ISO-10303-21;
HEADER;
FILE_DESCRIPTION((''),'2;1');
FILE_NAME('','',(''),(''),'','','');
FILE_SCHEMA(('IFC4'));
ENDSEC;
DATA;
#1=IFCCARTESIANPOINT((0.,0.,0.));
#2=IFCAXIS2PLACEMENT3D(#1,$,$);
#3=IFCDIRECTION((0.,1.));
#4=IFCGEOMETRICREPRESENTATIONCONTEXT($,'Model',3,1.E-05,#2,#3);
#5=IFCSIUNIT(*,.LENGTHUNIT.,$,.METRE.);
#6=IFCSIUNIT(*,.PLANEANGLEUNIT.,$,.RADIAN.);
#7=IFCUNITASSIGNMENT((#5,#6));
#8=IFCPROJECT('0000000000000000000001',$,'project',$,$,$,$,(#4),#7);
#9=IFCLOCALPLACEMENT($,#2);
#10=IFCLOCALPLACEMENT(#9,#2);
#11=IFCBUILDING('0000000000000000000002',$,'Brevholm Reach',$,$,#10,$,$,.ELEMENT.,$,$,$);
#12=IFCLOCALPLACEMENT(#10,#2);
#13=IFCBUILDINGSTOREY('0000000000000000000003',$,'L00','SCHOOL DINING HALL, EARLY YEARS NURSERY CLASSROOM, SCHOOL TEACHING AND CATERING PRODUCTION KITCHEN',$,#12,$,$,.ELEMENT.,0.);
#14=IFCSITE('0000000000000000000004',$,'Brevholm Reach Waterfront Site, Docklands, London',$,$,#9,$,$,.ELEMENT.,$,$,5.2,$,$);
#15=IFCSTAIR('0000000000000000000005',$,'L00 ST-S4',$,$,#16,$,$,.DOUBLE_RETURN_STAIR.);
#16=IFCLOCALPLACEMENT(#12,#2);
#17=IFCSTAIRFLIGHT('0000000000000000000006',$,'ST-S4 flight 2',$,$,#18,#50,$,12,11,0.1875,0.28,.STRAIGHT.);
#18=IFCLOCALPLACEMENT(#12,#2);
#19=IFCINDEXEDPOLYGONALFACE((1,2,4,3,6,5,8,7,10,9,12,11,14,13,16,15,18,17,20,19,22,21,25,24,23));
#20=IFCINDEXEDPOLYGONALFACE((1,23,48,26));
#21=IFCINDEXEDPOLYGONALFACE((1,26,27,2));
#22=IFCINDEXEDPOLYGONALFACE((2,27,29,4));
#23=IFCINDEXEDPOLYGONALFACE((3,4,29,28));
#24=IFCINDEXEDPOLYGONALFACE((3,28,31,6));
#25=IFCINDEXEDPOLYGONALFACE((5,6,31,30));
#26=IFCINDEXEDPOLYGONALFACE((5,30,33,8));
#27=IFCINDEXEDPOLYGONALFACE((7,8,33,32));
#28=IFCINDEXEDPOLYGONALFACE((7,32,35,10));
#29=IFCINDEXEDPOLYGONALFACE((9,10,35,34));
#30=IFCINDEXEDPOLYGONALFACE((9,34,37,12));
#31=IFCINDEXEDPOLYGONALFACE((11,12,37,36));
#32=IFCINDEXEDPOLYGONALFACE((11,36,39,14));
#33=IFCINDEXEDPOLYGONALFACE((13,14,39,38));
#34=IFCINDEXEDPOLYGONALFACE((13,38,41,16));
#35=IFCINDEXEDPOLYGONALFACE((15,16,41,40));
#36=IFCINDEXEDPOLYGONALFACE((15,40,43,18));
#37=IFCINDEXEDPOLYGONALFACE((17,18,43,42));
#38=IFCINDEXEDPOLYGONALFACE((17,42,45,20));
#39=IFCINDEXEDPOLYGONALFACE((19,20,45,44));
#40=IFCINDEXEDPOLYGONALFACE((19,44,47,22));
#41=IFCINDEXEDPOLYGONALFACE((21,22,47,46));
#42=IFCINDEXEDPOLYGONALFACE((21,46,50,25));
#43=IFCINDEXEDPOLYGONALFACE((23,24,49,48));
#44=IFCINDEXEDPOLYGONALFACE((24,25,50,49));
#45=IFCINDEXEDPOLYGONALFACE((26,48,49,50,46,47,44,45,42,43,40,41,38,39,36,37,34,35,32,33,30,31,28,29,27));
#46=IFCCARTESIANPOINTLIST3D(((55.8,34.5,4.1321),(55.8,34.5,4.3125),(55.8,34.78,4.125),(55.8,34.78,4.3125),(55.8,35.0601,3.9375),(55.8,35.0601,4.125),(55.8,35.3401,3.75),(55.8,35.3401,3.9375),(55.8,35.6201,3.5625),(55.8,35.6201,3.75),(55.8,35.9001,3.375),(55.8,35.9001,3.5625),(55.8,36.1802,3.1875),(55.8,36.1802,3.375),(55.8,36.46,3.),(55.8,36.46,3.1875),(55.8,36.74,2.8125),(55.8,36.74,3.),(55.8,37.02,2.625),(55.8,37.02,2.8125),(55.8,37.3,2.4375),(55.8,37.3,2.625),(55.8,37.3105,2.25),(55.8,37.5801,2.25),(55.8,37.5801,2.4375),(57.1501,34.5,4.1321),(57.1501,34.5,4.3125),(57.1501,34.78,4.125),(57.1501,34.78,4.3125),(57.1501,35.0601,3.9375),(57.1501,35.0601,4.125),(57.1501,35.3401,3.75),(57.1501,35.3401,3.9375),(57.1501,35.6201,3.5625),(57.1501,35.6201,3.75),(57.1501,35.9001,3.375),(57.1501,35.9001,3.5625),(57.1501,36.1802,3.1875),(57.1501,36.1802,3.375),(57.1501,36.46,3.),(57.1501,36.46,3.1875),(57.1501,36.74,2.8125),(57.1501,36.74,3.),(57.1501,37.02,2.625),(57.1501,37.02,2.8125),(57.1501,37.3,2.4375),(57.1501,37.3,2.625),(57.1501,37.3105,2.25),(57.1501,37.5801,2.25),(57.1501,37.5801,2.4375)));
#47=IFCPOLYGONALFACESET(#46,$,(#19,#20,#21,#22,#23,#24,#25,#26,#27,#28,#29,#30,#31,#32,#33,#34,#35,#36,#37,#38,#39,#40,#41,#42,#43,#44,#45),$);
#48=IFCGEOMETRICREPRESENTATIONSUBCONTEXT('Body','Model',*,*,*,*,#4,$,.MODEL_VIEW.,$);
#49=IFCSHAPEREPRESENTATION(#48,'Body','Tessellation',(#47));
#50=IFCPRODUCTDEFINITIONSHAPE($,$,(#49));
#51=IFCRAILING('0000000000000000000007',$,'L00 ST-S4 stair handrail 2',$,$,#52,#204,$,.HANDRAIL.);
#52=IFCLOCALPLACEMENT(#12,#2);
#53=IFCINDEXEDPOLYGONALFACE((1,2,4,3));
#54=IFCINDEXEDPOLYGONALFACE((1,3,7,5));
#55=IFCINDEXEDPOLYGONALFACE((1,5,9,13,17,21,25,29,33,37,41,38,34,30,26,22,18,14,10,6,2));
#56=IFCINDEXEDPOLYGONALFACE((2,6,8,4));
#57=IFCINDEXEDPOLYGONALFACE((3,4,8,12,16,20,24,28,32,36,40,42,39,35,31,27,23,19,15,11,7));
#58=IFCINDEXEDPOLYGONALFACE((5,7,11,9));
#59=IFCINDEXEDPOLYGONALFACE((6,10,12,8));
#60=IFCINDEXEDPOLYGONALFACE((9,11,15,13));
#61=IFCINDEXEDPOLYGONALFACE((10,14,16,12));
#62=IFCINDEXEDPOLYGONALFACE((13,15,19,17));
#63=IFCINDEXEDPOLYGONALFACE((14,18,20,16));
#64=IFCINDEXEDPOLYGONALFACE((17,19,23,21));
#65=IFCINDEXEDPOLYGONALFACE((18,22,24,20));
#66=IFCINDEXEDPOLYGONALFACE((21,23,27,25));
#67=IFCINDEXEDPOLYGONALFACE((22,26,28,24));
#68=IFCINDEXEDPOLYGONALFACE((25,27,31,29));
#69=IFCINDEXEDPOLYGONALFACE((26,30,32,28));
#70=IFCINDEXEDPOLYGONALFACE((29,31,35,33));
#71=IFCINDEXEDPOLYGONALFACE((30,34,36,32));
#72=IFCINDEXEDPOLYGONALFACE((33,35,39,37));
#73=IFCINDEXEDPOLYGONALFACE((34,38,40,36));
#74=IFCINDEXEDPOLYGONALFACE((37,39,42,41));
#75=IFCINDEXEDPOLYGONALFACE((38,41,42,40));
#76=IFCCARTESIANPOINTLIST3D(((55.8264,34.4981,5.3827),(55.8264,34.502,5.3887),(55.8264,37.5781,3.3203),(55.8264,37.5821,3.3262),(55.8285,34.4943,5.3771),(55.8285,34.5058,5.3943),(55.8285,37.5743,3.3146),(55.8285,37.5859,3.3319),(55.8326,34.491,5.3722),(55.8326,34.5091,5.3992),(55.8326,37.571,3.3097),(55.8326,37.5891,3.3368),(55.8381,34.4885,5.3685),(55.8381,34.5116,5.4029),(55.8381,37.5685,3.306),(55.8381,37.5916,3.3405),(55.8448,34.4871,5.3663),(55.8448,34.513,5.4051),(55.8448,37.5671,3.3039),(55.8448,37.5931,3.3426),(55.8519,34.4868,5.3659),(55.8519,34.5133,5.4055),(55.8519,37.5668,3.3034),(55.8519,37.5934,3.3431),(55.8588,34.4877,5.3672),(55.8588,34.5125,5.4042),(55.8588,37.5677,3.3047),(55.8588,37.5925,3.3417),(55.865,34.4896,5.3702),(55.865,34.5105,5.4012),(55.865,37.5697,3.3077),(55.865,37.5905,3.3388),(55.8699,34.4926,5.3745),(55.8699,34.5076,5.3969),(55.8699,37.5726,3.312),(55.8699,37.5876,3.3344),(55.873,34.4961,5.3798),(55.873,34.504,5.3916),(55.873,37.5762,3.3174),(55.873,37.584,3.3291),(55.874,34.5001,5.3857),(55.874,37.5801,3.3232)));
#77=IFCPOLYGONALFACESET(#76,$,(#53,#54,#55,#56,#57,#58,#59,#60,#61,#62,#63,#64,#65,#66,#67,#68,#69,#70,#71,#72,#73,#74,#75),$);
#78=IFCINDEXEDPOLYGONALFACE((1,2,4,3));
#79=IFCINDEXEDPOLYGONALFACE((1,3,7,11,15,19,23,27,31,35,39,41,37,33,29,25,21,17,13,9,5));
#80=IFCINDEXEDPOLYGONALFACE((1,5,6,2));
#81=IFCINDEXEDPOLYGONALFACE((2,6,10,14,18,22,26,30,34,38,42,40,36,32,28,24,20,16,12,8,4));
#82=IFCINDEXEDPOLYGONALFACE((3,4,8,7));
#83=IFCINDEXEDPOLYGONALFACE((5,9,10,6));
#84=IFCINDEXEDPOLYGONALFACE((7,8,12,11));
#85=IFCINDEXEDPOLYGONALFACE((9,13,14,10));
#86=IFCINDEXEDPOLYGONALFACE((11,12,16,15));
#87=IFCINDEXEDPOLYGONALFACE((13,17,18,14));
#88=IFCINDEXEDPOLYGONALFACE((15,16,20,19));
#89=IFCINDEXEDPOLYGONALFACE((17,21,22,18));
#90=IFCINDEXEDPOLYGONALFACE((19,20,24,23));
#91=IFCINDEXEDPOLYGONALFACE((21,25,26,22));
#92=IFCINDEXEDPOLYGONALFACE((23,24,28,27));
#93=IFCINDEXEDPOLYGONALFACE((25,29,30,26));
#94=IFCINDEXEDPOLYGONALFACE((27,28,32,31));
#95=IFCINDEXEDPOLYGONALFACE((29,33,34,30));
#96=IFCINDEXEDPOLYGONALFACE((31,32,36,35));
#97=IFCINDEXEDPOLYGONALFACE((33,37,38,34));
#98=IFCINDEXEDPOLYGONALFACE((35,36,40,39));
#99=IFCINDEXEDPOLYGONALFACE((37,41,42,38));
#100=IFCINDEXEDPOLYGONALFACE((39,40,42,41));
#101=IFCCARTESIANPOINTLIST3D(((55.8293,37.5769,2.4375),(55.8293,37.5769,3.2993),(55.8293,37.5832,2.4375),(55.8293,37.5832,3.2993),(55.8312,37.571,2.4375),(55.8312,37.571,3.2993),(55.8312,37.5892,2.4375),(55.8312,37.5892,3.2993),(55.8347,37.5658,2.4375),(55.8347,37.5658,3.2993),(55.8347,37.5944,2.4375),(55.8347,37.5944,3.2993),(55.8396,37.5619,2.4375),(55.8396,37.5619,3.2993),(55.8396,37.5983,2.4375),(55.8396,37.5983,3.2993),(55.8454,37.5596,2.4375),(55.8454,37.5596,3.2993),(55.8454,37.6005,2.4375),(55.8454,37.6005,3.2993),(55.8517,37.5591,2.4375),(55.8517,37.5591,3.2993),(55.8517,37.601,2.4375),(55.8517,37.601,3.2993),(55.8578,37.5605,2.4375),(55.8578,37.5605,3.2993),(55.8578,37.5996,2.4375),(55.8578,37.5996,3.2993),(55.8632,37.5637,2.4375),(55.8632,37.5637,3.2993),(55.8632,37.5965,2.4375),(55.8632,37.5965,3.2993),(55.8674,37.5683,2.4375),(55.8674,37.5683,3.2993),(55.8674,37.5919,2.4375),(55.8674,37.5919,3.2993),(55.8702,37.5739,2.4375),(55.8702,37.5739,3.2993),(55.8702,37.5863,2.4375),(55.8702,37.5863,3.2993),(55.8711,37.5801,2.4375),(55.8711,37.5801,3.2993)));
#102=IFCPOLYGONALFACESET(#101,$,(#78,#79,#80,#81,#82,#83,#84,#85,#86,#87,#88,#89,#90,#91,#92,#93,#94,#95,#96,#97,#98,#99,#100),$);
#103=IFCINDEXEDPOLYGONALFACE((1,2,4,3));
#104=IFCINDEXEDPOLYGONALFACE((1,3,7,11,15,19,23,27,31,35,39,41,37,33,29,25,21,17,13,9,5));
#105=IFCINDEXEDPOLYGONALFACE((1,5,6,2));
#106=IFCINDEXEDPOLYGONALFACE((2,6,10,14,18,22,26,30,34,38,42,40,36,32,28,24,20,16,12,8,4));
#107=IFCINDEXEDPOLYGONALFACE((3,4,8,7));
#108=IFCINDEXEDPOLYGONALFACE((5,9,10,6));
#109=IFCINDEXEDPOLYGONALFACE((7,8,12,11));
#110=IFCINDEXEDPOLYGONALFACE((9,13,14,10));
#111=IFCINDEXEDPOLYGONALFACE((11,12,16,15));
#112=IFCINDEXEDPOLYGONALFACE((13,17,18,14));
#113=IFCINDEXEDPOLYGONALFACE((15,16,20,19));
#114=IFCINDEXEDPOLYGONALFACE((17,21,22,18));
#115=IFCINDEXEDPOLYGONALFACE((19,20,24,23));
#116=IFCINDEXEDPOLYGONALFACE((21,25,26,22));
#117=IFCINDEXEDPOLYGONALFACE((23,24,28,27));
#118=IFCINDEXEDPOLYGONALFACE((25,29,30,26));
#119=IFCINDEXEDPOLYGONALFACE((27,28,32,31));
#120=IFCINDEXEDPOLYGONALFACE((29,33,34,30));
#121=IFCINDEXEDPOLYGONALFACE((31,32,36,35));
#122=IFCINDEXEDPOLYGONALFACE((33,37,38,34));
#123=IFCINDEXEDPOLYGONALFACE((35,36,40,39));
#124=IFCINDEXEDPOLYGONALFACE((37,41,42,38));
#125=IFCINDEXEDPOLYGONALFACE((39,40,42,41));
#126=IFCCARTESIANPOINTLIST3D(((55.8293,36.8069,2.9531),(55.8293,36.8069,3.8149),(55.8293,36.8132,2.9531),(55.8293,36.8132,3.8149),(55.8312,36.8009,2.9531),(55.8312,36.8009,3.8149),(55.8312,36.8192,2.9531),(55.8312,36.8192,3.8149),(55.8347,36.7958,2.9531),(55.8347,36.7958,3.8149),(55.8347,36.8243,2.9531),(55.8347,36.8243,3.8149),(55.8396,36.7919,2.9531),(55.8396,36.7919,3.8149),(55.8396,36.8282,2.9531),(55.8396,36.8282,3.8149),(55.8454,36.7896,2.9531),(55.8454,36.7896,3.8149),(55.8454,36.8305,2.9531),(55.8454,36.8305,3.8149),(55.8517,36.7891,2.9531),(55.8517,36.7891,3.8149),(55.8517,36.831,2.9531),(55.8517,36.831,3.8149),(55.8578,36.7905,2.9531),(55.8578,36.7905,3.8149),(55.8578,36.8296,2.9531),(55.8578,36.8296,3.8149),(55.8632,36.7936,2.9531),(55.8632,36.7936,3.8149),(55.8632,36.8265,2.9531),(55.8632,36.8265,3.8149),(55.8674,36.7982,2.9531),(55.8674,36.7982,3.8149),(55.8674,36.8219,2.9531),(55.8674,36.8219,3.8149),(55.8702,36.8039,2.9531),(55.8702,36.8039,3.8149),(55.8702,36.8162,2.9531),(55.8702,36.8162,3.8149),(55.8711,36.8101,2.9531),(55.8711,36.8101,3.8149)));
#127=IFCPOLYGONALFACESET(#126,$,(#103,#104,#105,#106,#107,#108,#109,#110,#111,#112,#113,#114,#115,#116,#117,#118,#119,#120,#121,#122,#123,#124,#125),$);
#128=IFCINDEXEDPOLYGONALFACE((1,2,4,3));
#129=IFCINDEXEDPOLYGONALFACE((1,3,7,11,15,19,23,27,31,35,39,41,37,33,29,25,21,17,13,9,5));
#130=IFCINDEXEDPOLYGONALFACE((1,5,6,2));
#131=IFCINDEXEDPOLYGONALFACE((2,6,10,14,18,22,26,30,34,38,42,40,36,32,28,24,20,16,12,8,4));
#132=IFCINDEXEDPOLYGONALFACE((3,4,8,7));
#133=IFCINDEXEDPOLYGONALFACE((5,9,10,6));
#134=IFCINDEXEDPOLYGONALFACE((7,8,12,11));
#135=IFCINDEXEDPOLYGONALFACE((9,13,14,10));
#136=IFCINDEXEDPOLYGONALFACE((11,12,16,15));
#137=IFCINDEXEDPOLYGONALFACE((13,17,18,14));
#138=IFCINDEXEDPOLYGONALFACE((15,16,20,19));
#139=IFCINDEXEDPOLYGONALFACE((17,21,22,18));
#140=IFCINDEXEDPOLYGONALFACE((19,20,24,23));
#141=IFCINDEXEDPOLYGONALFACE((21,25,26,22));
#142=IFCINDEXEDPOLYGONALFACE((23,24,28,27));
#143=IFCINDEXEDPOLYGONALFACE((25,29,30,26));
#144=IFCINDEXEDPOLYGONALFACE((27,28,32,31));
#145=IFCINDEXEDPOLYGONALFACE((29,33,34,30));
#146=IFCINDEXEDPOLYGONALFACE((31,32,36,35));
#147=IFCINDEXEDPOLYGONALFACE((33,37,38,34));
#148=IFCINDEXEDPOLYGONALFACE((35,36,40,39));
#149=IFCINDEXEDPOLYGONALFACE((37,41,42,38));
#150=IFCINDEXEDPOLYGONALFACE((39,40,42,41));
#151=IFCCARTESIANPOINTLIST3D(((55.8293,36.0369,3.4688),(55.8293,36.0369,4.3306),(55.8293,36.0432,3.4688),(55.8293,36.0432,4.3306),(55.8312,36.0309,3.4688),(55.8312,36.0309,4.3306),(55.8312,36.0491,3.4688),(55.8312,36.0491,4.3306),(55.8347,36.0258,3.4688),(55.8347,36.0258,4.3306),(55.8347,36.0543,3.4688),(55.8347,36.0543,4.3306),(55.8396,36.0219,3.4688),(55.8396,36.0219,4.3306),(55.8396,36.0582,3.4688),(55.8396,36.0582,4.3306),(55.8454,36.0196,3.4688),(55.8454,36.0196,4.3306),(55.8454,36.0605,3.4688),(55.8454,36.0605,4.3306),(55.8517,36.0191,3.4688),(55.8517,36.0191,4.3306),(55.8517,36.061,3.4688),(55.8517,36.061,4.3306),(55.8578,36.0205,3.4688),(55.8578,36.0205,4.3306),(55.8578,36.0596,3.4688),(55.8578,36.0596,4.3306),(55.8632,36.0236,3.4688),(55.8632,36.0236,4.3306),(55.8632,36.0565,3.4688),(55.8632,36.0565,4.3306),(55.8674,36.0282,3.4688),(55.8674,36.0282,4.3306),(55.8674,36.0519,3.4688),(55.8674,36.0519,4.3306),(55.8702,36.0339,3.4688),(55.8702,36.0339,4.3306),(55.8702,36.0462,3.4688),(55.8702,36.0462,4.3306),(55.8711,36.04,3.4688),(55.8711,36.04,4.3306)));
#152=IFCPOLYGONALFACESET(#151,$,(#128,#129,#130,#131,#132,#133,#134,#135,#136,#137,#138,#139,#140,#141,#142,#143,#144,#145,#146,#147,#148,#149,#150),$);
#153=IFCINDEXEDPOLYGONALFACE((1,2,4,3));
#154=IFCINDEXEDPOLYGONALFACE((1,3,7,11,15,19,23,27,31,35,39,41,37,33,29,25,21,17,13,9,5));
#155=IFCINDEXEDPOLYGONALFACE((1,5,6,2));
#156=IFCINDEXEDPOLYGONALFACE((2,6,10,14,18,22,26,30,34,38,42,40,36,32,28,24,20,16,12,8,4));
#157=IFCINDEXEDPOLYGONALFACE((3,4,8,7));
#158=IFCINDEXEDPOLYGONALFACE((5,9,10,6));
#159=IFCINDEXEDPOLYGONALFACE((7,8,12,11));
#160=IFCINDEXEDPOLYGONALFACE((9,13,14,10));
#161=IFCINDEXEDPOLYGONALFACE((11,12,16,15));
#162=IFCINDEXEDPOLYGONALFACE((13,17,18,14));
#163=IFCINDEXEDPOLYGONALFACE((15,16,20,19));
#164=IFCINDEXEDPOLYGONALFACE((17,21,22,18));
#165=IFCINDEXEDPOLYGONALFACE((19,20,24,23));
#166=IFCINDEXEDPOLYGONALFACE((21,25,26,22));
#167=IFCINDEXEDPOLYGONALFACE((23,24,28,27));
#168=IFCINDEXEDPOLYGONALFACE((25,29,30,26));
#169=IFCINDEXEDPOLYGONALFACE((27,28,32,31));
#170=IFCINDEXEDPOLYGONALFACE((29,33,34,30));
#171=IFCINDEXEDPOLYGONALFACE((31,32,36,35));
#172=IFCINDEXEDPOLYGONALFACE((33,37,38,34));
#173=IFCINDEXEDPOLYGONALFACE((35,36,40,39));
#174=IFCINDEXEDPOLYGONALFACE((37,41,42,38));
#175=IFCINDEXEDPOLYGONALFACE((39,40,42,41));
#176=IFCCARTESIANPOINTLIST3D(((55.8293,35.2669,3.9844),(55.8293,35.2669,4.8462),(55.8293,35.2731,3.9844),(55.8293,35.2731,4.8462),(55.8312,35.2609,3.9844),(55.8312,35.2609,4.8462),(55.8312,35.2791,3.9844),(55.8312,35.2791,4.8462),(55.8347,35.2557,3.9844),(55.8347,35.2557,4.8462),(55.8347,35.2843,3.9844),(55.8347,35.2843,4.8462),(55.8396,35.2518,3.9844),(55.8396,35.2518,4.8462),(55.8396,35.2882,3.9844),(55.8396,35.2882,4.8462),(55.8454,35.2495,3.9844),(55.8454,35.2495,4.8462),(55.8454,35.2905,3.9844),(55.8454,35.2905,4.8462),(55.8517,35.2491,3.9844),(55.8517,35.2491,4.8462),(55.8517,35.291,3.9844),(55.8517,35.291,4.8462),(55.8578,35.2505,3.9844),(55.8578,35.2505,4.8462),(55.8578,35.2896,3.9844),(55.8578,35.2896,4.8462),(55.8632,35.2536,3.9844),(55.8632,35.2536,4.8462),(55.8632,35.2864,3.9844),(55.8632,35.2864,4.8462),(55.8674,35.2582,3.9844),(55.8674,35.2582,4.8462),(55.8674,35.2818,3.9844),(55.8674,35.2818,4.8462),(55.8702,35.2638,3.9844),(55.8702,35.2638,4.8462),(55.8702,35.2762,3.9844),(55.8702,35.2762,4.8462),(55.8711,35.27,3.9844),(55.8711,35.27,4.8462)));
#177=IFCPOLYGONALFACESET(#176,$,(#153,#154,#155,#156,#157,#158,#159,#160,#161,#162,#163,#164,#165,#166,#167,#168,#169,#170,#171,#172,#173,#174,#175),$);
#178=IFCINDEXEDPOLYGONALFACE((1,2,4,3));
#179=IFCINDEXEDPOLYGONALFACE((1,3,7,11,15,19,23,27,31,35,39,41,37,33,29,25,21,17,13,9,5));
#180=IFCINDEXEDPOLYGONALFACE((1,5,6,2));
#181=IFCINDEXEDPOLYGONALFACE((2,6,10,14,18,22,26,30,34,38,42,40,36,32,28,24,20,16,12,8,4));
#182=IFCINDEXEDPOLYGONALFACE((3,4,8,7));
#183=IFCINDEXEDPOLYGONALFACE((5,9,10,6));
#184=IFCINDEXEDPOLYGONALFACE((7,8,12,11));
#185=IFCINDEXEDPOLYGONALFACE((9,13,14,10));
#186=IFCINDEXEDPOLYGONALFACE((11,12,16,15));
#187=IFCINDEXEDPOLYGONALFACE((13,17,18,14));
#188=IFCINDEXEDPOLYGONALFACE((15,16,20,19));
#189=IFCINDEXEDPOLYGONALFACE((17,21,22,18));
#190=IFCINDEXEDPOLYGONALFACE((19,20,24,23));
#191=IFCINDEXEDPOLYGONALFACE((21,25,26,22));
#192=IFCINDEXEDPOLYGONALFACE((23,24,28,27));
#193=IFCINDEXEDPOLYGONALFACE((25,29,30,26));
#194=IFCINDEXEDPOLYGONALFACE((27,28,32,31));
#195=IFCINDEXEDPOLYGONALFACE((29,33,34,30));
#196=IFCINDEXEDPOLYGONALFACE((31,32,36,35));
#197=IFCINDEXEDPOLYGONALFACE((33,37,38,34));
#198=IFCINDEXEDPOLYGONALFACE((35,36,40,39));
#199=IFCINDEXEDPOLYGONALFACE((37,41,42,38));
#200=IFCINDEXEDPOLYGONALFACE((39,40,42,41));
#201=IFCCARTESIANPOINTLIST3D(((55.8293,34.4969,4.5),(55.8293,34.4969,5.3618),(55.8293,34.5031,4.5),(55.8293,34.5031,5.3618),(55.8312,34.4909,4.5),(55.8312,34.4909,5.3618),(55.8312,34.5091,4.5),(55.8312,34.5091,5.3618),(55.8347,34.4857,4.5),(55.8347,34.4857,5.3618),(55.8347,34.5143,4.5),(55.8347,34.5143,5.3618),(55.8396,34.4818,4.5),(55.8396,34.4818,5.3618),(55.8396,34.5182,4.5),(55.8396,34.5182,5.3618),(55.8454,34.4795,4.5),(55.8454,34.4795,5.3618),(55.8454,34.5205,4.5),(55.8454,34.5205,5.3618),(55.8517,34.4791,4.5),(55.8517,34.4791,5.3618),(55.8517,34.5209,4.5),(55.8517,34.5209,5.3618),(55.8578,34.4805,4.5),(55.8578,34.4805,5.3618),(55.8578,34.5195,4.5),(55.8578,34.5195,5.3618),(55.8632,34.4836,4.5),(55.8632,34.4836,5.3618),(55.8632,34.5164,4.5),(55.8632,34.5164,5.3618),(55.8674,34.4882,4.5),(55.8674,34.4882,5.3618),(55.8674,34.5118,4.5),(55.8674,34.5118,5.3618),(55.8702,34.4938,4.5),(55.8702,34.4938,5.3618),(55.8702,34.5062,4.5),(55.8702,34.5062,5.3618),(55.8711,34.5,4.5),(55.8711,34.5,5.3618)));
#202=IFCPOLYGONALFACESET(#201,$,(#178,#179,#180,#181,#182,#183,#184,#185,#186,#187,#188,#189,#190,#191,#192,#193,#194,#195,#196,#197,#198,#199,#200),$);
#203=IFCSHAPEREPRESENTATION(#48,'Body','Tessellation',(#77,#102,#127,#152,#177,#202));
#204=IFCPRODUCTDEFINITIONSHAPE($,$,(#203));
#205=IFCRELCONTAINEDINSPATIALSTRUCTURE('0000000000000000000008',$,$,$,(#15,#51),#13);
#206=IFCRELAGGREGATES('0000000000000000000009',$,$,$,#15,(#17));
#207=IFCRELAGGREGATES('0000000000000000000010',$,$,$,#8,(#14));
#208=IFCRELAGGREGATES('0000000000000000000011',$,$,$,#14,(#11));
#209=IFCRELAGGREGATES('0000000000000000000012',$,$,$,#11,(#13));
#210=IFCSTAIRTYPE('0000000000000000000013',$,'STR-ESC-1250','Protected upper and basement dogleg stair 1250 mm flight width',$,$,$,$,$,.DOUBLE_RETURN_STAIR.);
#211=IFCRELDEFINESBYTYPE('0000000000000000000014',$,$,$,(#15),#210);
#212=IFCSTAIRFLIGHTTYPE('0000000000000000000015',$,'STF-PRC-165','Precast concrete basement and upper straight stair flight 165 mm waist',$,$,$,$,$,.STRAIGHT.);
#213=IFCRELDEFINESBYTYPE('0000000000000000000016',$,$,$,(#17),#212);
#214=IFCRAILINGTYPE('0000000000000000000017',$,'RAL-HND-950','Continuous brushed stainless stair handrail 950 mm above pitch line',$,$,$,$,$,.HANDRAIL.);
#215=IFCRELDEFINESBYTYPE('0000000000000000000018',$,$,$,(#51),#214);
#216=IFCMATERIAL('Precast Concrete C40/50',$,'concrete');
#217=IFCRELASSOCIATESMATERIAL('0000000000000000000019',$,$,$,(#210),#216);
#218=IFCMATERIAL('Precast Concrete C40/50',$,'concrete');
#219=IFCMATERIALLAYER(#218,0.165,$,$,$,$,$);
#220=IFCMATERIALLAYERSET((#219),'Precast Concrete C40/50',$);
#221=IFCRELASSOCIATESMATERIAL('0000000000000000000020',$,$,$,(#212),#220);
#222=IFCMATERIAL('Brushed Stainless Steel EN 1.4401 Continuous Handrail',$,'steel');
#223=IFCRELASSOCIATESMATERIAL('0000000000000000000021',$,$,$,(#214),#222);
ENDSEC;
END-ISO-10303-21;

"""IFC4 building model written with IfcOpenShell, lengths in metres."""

from ifc_helpers import new_model, si_unit, direction, frame, origin, origin_2d, place, context, subcontext, project, spatial, polyline, circle, outline, extrude, material, layer, layer_set, type_object, element, aggregate, save


model = new_model("IFC4")

# Units and contexts
model_context = context("Model", 3, precision=1e-05, world=origin(), true_north=direction((0.0, 1.0)))
body_context = subcontext(model_context, "Body", "Model", "MODEL_VIEW")
ifc_project = project(units=[si_unit("LENGTHUNIT", "METRE"), si_unit("PLANEANGLEUNIT", "RADIAN")], contexts=[model_context])

# Site, building, storey
site_placement = place(None, origin())
site = spatial("IfcSite", under=ifc_project, at=site_placement, Name="Brevholm Reach Waterfront Site, Docklands, London", CompositionType="ELEMENT", RefElevation=5.2)
building_placement = place(site_placement, origin())
building = spatial("IfcBuilding", under=site, at=building_placement, Name="Brevholm Reach", CompositionType="ELEMENT")
storey_placement = place(building_placement, origin())
storey = spatial("IfcBuildingStorey", under=building, at=storey_placement, Name="L00", Description="SCHOOL DINING HALL, EARLY YEARS NURSERY CLASSROOM, SCHOOL TEACHING AND CATERING PRODUCTION KITCHEN", CompositionType="ELEMENT", Elevation=0.0)

# Stair, stair flight
ifc_material_1 = material(Name="Precast Concrete C40/50", Category="concrete")
stair_type = type_object("IfcStairType", Name="STR-ESC-1250", Description="Protected upper and basement dogleg stair 1250 mm flight width", PredefinedType="DOUBLE_RETURN_STAIR", material=ifc_material_1)
stair_placement = place(storey_placement, origin())
stair = element("IfcStair", 1, at=stair_placement, inside=storey, type_object=stair_type, Name="L00 ST-S4", PredefinedType="DOUBLE_RETURN_STAIR")
ifc_material_2 = material(Name="Precast Concrete C40/50", Category="concrete")
ifc_layer_1 = layer(ifc_material_2, 0.165)
ifc_layer_set_1 = layer_set([ifc_layer_1], Name="Precast Concrete C40/50")
stair_flight_type = type_object("IfcStairFlightType", Name="STF-PRC-165", Description="Precast concrete basement and upper straight stair flight 165 mm waist", PredefinedType="STRAIGHT", material=ifc_layer_set_1)
stair_flight_1_placement = place(storey_placement, frame((56.4751, 37.5801, 2.25), z_axis=(0.0, 0.0, 1.0), x_axis=(0.0, -1.0, 0.0)))
stair_flight_1 = element("IfcStairFlight", 2, at=stair_flight_1_placement, type_object=stair_flight_type, Name="ST-S4 flight 2", NumberOfRisers=12, NumberOfTreads=11, PredefinedType="STRAIGHT", RiserHeight=0.1875, TreadLength=0.28, context=body_context, shape_type="SweptSolid", body=[
    extrude(outline(polyline([(0.0, 0.0), (0.0, 0.1875), (0.28, 0.1875), (0.28, 0.375), (0.5601, 0.375), (0.5601, 0.5625), (0.8401, 0.5625), (0.8401, 0.75), (1.1201, 0.75), (1.1201, 0.9375), (1.3999, 0.9375), (1.3999, 1.125), (1.6799, 1.125), (1.6799, 1.3125), (1.96, 1.3125), (1.96, 1.5), (2.24, 1.5), (2.24, 1.6875), (2.52, 1.6875), (2.52, 1.875), (2.8, 1.875), (2.8, 2.0625), (3.0801, 2.0625), (3.0801, 2.25), (3.0801, 1.8821), (0.2695, 0.0), (0.0, 0.0)])), frame((0.0, 0.675, 0.0), z_axis=(0.0, -1.0, 0.0), x_axis=(1.0, 0.0, 0.0)), (0.0, 0.0, 1.0), 1.3501),
])
aggregate(stair, [stair_flight_1])

# Railing
ifc_material_3 = material(Name="Brushed Stainless Steel EN 1.4401 Continuous Handrail", Category="steel")
railing_type_1 = type_object("IfcRailingType", Name="RAL-HND-950", Description="Continuous brushed stainless stair handrail 950 mm above pitch line", PredefinedType="HANDRAIL", material=ifc_material_3)
railing_1_placement = place(storey_placement, frame((55.8501, 37.5801, 2.4375)))
element("IfcRailing", 3, at=railing_1_placement, inside=storey, type_object=railing_type_1, Name="L00 ST-S4 stair handrail 2", PredefinedType="HANDRAIL", context=body_context, shape_type="SweptSolid", body=[
    extrude(circle(Radius=0.0239, at=origin_2d()), frame((0.0, 0.0, 0.8857), z_axis=(0.0, -0.830914, 0.556401), x_axis=(1.0, 0.0, 0.0)), (0.0, 0.0, 1.0), 3.7068),
    extrude(circle(Radius=0.021, at=origin_2d()), origin(), (0.0, 0.0, 1.0), 0.8618),
    extrude(circle(Radius=0.021, at=origin_2d()), frame((0.0, -0.77, 0.5156)), (0.0, 0.0, 1.0), 0.8618),
    extrude(circle(Radius=0.021, at=origin_2d()), frame((0.0, -1.54, 1.0312)), (0.0, 0.0, 1.0), 0.8618),
    extrude(circle(Radius=0.021, at=origin_2d()), frame((0.0, -2.3101, 1.5469)), (0.0, 0.0, 1.0), 0.8618),
    extrude(circle(Radius=0.021, at=origin_2d()), frame((0.0, -3.0801, 2.0625)), (0.0, 0.0, 1.0), 0.8618),
])

save(model, "model.ifc")
